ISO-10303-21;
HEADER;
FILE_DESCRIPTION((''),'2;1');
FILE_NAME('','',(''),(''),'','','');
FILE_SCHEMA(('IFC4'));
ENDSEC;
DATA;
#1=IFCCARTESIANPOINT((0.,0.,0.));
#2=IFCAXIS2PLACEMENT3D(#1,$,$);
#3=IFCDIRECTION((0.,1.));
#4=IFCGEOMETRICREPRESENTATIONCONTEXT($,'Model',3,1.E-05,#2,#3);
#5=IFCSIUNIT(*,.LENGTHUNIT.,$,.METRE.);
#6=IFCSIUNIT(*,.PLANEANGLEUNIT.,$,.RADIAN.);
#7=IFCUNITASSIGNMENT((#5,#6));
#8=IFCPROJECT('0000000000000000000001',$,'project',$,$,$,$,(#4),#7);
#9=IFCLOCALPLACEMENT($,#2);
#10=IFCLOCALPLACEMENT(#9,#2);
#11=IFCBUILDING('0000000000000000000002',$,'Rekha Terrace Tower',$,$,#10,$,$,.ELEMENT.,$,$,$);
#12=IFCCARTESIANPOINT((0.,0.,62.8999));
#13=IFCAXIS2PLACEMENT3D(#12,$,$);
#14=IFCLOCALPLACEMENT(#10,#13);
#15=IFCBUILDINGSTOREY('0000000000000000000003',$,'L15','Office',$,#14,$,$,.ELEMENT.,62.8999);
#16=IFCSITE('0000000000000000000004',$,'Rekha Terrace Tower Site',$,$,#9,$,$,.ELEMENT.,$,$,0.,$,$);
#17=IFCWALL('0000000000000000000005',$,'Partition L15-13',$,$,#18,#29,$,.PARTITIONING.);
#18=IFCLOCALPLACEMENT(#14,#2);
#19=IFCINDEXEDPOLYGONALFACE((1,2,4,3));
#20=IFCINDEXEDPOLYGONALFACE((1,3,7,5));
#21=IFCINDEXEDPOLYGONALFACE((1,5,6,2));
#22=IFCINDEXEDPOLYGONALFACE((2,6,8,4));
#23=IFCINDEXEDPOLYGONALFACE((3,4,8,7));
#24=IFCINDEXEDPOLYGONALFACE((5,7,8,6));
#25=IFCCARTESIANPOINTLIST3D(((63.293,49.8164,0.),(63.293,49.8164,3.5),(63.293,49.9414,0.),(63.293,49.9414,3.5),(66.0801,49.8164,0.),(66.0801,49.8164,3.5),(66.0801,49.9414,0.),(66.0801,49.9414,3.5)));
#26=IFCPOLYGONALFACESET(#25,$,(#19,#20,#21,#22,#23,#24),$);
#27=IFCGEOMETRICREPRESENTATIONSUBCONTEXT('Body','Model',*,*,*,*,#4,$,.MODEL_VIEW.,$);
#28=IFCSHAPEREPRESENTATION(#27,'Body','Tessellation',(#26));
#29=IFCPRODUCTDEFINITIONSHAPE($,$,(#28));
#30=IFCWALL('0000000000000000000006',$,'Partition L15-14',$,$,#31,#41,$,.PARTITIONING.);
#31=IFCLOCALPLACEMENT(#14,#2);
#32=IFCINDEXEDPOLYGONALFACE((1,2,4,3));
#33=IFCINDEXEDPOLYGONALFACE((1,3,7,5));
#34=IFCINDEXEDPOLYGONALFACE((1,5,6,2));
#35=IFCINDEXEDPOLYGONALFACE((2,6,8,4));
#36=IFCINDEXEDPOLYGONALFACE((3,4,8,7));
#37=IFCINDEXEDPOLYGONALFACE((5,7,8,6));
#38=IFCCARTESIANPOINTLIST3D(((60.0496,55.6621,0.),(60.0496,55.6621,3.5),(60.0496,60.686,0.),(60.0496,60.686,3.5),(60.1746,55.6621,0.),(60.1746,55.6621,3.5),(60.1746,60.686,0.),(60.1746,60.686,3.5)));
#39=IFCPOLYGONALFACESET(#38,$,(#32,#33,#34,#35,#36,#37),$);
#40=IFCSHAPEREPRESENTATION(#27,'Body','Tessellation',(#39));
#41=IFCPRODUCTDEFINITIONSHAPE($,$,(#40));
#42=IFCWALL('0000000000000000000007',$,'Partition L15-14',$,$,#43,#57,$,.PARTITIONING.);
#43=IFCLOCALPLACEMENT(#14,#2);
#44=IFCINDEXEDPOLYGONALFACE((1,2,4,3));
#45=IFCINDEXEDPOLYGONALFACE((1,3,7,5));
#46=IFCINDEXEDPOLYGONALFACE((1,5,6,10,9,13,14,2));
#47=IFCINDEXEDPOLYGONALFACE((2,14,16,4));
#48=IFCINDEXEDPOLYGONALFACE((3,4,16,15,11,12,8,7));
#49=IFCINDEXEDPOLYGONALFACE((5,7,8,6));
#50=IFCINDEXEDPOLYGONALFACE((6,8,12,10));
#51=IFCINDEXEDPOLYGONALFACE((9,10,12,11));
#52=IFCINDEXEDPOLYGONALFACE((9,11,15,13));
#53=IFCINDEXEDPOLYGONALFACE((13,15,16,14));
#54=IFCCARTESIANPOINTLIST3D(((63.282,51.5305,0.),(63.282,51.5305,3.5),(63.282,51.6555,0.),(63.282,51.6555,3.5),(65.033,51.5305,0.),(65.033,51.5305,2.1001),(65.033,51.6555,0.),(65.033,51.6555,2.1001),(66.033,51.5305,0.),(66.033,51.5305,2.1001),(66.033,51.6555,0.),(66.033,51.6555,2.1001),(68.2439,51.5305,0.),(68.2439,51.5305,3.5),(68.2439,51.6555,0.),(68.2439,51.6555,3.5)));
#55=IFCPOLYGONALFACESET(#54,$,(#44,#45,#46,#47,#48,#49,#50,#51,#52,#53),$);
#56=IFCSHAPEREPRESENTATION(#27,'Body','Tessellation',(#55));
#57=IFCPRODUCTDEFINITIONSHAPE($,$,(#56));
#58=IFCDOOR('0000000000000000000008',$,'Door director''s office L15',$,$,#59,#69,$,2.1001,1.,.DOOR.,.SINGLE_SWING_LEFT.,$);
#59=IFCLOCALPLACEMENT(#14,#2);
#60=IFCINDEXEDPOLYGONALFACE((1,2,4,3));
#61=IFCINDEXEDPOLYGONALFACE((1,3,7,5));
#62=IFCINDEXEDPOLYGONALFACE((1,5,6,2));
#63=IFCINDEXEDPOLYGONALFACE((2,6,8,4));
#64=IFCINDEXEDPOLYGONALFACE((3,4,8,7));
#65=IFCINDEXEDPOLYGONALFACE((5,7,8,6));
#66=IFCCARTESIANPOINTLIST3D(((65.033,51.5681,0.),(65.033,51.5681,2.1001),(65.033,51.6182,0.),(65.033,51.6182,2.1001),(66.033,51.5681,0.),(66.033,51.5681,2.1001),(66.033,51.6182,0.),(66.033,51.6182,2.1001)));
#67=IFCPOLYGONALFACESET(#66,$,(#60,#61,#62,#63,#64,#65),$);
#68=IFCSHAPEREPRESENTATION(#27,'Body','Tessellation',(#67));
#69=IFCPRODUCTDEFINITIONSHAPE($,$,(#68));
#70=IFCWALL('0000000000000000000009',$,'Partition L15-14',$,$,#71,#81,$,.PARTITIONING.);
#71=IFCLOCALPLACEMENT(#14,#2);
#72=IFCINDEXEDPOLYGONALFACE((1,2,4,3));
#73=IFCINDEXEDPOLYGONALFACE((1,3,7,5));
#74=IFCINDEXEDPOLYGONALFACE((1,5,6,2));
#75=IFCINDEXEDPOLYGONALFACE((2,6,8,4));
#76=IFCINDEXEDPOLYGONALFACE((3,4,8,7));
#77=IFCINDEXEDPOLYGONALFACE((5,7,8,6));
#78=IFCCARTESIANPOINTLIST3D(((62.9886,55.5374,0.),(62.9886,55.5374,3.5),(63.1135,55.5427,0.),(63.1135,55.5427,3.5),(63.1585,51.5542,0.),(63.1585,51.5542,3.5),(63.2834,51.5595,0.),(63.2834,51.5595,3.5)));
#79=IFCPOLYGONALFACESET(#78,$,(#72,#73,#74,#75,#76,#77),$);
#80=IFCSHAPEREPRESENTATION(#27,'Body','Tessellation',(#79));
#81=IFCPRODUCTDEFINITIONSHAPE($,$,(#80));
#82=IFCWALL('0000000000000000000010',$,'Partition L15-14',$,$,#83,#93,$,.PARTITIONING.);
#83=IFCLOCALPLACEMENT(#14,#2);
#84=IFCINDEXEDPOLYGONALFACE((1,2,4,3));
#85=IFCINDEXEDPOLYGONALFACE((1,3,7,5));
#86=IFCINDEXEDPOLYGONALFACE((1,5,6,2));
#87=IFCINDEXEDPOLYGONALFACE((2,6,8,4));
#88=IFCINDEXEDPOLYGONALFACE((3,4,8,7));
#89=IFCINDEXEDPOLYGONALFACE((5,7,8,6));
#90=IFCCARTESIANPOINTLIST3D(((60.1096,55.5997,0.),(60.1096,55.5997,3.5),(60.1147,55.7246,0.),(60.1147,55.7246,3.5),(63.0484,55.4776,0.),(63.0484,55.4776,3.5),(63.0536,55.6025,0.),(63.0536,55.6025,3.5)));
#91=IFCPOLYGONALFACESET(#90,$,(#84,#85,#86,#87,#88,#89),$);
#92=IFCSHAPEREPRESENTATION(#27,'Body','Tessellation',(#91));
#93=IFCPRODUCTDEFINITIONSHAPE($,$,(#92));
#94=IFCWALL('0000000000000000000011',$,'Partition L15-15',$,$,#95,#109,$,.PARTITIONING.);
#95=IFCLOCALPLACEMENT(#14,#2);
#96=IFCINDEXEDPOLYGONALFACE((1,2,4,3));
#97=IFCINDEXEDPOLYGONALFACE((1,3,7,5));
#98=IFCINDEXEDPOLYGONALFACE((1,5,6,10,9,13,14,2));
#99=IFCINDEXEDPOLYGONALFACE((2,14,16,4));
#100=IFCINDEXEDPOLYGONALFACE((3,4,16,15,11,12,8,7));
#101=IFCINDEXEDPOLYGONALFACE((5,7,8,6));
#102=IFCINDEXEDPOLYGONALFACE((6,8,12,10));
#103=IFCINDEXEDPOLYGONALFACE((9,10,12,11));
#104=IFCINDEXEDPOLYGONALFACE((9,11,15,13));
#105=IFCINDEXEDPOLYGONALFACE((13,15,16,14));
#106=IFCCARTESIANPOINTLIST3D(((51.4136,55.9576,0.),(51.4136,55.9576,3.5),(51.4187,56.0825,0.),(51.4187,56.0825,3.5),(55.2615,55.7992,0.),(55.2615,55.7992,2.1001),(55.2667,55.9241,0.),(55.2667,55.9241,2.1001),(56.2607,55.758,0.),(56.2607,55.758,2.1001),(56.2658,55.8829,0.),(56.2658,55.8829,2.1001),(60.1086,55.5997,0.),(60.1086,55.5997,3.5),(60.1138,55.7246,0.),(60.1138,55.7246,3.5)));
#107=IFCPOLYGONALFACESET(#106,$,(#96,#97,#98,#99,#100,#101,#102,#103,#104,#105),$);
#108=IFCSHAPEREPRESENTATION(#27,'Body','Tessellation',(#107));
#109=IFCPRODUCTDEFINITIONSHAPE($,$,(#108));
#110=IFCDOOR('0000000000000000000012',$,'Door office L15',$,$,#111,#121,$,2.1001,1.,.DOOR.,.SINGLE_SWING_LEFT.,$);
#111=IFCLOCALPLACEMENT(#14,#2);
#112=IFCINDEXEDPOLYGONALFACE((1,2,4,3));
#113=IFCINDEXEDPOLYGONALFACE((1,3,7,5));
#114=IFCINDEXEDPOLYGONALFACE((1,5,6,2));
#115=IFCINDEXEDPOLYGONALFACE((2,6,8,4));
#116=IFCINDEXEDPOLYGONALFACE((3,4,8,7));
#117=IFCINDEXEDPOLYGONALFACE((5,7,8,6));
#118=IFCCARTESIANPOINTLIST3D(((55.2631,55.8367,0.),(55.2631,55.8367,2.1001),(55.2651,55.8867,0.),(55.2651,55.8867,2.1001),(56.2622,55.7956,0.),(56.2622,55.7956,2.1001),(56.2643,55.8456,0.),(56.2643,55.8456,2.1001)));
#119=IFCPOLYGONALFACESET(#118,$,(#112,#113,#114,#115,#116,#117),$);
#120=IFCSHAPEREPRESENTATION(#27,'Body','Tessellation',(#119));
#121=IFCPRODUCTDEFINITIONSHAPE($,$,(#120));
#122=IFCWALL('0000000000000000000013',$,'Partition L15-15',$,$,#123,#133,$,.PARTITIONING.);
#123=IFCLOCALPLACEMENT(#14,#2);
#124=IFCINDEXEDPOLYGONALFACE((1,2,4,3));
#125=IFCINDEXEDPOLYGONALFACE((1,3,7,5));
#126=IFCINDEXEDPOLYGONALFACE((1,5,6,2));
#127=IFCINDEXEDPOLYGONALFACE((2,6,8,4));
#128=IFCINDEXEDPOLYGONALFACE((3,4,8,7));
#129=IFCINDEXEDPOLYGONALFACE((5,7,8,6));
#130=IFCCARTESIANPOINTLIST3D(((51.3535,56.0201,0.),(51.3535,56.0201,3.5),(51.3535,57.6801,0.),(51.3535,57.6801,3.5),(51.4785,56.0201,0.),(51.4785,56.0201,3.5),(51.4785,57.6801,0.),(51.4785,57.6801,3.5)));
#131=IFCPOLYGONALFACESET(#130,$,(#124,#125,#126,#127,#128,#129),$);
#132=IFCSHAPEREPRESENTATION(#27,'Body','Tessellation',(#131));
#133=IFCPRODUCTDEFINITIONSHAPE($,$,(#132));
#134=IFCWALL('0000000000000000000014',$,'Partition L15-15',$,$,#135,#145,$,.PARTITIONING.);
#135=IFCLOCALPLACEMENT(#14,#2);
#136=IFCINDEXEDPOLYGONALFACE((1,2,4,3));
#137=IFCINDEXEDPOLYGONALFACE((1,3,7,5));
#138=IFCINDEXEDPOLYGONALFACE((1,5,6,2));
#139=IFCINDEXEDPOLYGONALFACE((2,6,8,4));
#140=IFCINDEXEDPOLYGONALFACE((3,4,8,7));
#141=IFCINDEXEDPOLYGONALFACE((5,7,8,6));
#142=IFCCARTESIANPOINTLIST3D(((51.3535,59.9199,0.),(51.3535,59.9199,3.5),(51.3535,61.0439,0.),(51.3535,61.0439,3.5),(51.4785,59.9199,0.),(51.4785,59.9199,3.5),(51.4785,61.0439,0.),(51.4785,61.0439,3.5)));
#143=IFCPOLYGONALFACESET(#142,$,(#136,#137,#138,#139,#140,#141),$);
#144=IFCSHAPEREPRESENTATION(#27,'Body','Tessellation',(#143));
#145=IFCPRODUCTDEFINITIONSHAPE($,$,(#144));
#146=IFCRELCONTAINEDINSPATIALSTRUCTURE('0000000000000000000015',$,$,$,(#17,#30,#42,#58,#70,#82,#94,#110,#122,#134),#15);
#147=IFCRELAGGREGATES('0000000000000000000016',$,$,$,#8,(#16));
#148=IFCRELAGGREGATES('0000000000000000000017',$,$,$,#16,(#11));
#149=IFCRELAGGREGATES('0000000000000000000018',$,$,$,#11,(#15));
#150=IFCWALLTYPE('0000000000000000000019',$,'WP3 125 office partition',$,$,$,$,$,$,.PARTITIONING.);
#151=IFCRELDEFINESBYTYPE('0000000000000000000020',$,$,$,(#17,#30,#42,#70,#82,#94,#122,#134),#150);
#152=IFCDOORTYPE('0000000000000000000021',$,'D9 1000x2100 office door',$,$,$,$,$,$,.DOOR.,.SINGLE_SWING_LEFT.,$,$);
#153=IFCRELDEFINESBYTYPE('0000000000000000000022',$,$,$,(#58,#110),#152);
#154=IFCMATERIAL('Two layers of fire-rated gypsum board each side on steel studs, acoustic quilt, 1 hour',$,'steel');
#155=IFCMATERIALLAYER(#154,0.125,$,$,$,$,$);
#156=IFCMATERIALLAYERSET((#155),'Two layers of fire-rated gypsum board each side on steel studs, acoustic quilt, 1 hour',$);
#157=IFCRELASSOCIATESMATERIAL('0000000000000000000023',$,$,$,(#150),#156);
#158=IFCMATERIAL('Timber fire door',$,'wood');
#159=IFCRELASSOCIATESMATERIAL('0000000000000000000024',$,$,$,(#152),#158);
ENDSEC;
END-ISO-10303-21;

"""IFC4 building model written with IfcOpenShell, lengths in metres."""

from ifc_helpers import new_model, si_unit, direction, frame, frame_2d, origin, place, context, subcontext, project, spatial, rectangle, extrude, material, layer, layer_set, type_object, element, fill, save


model = new_model("IFC4")

# Units and contexts
model_context = context("Model", 3, precision=1e-05, world=origin(), true_north=direction((0.0, 1.0)))
body_context = subcontext(model_context, "Body", "Model", "MODEL_VIEW")
ifc_project = project(units=[si_unit("LENGTHUNIT", "METRE"), si_unit("PLANEANGLEUNIT", "RADIAN")], contexts=[model_context])

# Site, building, storey
site_placement = place(None, origin())
site = spatial("IfcSite", under=ifc_project, at=site_placement, Name="Rekha Terrace Tower Site", CompositionType="ELEMENT", RefElevation=0.0)
building_placement = place(site_placement, origin())
building = spatial("IfcBuilding", under=site, at=building_placement, Name="Rekha Terrace Tower", CompositionType="ELEMENT")
storey_placement = place(building_placement, frame((0.0, 0.0, 62.8999)))
storey = spatial("IfcBuildingStorey", under=building, at=storey_placement, Name="L15", Description="Office", CompositionType="ELEMENT", Elevation=62.8999)

# Walls
ifc_material_1 = material(Name="Two layers of fire-rated gypsum board each side on steel studs, acoustic quilt, 1 hour", Category="steel")
ifc_layer_1 = layer(ifc_material_1, 0.125)
ifc_layer_set_1 = layer_set([ifc_layer_1], Name="Two layers of fire-rated gypsum board each side on steel studs, acoustic quilt, 1 hour")
wall_type_1 = type_object("IfcWallType", Name="WP3 125 office partition", PredefinedType="PARTITIONING", material=ifc_layer_set_1)
wall_1_placement = place(storey_placement, frame((63.293, 49.8789, 0.0), z_axis=(0.0, 0.0, 1.0), x_axis=(1.0, 0.0, 0.0)))
element("IfcWall", 1, at=wall_1_placement, inside=storey, type_object=wall_type_1, Name="Partition L15-13", PredefinedType="PARTITIONING", context=body_context, shape_type="SweptSolid", body=[
    extrude(rectangle(XDim=2.7871, YDim=0.125, at=frame_2d((1.3936, 0.0))), origin(), (0.0, 0.0, 1.0), 3.5),
])
wall_2_placement = place(storey_placement, frame((60.1121, 55.6621, 0.0), z_axis=(0.0, 0.0, 1.0), x_axis=(0.0, 1.0, 0.0)))
element("IfcWall", 2, at=wall_2_placement, inside=storey, type_object=wall_type_1, Name="Partition L15-14", PredefinedType="PARTITIONING", context=body_context, shape_type="SweptSolid", body=[
    extrude(rectangle(XDim=5.0239, YDim=0.125, at=frame_2d((2.512, 0.0))), origin(), (0.0, 0.0, 1.0), 3.5),
])

# Wall, opening, door
wall_3_placement = place(storey_placement, frame((68.2439, 51.593, 0.0), z_axis=(0.0, 0.0, 1.0), x_axis=(-1.0, 0.0, 0.0)))
wall_3 = element("IfcWall", 3, at=wall_3_placement, inside=storey, type_object=wall_type_1, Name="Partition L15-14", PredefinedType="PARTITIONING", context=body_context, shape_type="SweptSolid", body=[
    extrude(rectangle(XDim=4.9619, YDim=0.125, at=frame_2d((2.481, 0.0))), origin(), (0.0, 0.0, 1.0), 3.5),
])
opening_1_placement = place(wall_3_placement, frame((2.2109, 0.0, 0.0)))
opening_1 = element("IfcOpeningElement", 4, at=opening_1_placement, cuts=wall_3, PredefinedType="OPENING", context=body_context, shape_type="SweptSolid", body=[
    extrude(rectangle(XDim=1.0, YDim=2.1001, at=frame_2d((0.5, 1.05))), frame((0.0, 0.0725, 0.0), z_axis=(0.0, -1.0, 0.0), x_axis=(1.0, 0.0, 0.0)), (0.0, 0.0, 1.0), 0.145),
])
ifc_material_2 = material(Name="Timber fire door", Category="wood")
door_type = type_object("IfcDoorType", Name="D9 1000x2100 office door", OperationType="SINGLE_SWING_LEFT", PredefinedType="DOOR", material=ifc_material_2)
door_1_placement = place(opening_1_placement, origin())
door_1 = element("IfcDoor", 5, at=door_1_placement, inside=storey, type_object=door_type, Name="Door director's office L15", OperationType="SINGLE_SWING_LEFT", OverallHeight=2.1001, OverallWidth=1.0, PredefinedType="DOOR", context=body_context, shape_type="SweptSolid", body=[
    extrude(rectangle(XDim=1.0, YDim=2.1001, at=frame_2d((0.5, 1.05))), frame((0.0, 0.0249, 0.0), z_axis=(0.0, -1.0, 0.0), x_axis=(1.0, 0.0, 0.0)), (0.0, 0.0, 1.0), 0.05),
])
fill(opening_1, door_1)

# Walls
wall_4_placement = place(storey_placement, frame((63.2209, 51.5569, 0.0), z_axis=(0.0, 0.0, 1.0), x_axis=(-0.042621, 0.999091, 0.0)))
element("IfcWall", 6, at=wall_4_placement, inside=storey, type_object=wall_type_1, Name="Partition L15-14", PredefinedType="PARTITIONING", context=body_context, shape_type="SweptSolid", body=[
    extrude(rectangle(XDim=3.9868, YDim=0.125, at=frame_2d((1.9934, 0.0))), origin(), (0.0, 0.0, 1.0), 3.5),
])
wall_5_placement = place(storey_placement, frame((63.051, 55.54, 0.0), z_axis=(0.0, 0.0, 1.0), x_axis=(-0.999139, 0.041499, 0.0)))
element("IfcWall", 7, at=wall_5_placement, inside=storey, type_object=wall_type_1, Name="Partition L15-14", PredefinedType="PARTITIONING", context=body_context, shape_type="SweptSolid", body=[
    extrude(rectangle(XDim=2.9414, YDim=0.125, at=frame_2d((1.4707, 0.0))), origin(), (0.0, 0.0, 1.0), 3.5),
])

# Wall, opening, door
wall_6_placement = place(storey_placement, frame((60.1111, 55.6621, 0.0), z_axis=(0.0, 0.0, 1.0), x_axis=(-0.999154, 0.041128, 0.0)))
wall_6 = element("IfcWall", 8, at=wall_6_placement, inside=storey, type_object=wall_type_1, Name="Partition L15-15", PredefinedType="PARTITIONING", context=body_context, shape_type="SweptSolid", body=[
    extrude(rectangle(XDim=8.7024, YDim=0.125, at=frame_2d((4.3511, 0.0))), origin(), (0.0, 0.0, 1.0), 3.5),
])
opening_2_placement = place(wall_6_placement, frame((3.8511, 0.0, 0.0)))
opening_2 = element("IfcOpeningElement", 9, at=opening_2_placement, cuts=wall_6, PredefinedType="OPENING", context=body_context, shape_type="SweptSolid", body=[
    extrude(rectangle(XDim=1.0, YDim=2.1001, at=frame_2d((0.5, 1.05))), frame((0.0, 0.0725, 0.0), z_axis=(0.0, -1.0, 0.0), x_axis=(1.0, 0.0, 0.0)), (0.0, 0.0, 1.0), 0.145),
])
door_2_placement = place(opening_2_placement, origin())
door_2 = element("IfcDoor", 10, at=door_2_placement, inside=storey, type_object=door_type, Name="Door office L15", OperationType="SINGLE_SWING_LEFT", OverallHeight=2.1001, OverallWidth=1.0, PredefinedType="DOOR", context=body_context, shape_type="SweptSolid", body=[
    extrude(rectangle(XDim=1.0, YDim=2.1001, at=frame_2d((0.5, 1.05))), frame((0.0, 0.0249, 0.0), z_axis=(0.0, -1.0, 0.0), x_axis=(1.0, 0.0, 0.0)), (0.0, 0.0, 1.0), 0.05),
])
fill(opening_2, door_2)

# Walls
wall_7_placement = place(storey_placement, frame((51.416, 56.02, 0.0), z_axis=(0.0, 0.0, 1.0), x_axis=(0.0, 1.0, 0.0)))
element("IfcWall", 11, at=wall_7_placement, inside=storey, type_object=wall_type_1, Name="Partition L15-15", PredefinedType="PARTITIONING", context=body_context, shape_type="SweptSolid", body=[
    extrude(rectangle(XDim=1.6599, YDim=0.125, at=frame_2d((0.8301, 0.0))), origin(), (0.0, 0.0, 1.0), 3.5),
])
wall_8_placement = place(storey_placement, frame((51.416, 59.9199, 0.0), z_axis=(0.0, 0.0, 1.0), x_axis=(0.0, 1.0, 0.0)))
element("IfcWall", 12, at=wall_8_placement, inside=storey, type_object=wall_type_1, Name="Partition L15-15", PredefinedType="PARTITIONING", context=body_context, shape_type="SweptSolid", body=[
    extrude(rectangle(XDim=1.124, YDim=0.125, at=frame_2d((0.562, 0.0))), origin(), (0.0, 0.0, 1.0), 3.5),
])

save(model, "model.ifc")
